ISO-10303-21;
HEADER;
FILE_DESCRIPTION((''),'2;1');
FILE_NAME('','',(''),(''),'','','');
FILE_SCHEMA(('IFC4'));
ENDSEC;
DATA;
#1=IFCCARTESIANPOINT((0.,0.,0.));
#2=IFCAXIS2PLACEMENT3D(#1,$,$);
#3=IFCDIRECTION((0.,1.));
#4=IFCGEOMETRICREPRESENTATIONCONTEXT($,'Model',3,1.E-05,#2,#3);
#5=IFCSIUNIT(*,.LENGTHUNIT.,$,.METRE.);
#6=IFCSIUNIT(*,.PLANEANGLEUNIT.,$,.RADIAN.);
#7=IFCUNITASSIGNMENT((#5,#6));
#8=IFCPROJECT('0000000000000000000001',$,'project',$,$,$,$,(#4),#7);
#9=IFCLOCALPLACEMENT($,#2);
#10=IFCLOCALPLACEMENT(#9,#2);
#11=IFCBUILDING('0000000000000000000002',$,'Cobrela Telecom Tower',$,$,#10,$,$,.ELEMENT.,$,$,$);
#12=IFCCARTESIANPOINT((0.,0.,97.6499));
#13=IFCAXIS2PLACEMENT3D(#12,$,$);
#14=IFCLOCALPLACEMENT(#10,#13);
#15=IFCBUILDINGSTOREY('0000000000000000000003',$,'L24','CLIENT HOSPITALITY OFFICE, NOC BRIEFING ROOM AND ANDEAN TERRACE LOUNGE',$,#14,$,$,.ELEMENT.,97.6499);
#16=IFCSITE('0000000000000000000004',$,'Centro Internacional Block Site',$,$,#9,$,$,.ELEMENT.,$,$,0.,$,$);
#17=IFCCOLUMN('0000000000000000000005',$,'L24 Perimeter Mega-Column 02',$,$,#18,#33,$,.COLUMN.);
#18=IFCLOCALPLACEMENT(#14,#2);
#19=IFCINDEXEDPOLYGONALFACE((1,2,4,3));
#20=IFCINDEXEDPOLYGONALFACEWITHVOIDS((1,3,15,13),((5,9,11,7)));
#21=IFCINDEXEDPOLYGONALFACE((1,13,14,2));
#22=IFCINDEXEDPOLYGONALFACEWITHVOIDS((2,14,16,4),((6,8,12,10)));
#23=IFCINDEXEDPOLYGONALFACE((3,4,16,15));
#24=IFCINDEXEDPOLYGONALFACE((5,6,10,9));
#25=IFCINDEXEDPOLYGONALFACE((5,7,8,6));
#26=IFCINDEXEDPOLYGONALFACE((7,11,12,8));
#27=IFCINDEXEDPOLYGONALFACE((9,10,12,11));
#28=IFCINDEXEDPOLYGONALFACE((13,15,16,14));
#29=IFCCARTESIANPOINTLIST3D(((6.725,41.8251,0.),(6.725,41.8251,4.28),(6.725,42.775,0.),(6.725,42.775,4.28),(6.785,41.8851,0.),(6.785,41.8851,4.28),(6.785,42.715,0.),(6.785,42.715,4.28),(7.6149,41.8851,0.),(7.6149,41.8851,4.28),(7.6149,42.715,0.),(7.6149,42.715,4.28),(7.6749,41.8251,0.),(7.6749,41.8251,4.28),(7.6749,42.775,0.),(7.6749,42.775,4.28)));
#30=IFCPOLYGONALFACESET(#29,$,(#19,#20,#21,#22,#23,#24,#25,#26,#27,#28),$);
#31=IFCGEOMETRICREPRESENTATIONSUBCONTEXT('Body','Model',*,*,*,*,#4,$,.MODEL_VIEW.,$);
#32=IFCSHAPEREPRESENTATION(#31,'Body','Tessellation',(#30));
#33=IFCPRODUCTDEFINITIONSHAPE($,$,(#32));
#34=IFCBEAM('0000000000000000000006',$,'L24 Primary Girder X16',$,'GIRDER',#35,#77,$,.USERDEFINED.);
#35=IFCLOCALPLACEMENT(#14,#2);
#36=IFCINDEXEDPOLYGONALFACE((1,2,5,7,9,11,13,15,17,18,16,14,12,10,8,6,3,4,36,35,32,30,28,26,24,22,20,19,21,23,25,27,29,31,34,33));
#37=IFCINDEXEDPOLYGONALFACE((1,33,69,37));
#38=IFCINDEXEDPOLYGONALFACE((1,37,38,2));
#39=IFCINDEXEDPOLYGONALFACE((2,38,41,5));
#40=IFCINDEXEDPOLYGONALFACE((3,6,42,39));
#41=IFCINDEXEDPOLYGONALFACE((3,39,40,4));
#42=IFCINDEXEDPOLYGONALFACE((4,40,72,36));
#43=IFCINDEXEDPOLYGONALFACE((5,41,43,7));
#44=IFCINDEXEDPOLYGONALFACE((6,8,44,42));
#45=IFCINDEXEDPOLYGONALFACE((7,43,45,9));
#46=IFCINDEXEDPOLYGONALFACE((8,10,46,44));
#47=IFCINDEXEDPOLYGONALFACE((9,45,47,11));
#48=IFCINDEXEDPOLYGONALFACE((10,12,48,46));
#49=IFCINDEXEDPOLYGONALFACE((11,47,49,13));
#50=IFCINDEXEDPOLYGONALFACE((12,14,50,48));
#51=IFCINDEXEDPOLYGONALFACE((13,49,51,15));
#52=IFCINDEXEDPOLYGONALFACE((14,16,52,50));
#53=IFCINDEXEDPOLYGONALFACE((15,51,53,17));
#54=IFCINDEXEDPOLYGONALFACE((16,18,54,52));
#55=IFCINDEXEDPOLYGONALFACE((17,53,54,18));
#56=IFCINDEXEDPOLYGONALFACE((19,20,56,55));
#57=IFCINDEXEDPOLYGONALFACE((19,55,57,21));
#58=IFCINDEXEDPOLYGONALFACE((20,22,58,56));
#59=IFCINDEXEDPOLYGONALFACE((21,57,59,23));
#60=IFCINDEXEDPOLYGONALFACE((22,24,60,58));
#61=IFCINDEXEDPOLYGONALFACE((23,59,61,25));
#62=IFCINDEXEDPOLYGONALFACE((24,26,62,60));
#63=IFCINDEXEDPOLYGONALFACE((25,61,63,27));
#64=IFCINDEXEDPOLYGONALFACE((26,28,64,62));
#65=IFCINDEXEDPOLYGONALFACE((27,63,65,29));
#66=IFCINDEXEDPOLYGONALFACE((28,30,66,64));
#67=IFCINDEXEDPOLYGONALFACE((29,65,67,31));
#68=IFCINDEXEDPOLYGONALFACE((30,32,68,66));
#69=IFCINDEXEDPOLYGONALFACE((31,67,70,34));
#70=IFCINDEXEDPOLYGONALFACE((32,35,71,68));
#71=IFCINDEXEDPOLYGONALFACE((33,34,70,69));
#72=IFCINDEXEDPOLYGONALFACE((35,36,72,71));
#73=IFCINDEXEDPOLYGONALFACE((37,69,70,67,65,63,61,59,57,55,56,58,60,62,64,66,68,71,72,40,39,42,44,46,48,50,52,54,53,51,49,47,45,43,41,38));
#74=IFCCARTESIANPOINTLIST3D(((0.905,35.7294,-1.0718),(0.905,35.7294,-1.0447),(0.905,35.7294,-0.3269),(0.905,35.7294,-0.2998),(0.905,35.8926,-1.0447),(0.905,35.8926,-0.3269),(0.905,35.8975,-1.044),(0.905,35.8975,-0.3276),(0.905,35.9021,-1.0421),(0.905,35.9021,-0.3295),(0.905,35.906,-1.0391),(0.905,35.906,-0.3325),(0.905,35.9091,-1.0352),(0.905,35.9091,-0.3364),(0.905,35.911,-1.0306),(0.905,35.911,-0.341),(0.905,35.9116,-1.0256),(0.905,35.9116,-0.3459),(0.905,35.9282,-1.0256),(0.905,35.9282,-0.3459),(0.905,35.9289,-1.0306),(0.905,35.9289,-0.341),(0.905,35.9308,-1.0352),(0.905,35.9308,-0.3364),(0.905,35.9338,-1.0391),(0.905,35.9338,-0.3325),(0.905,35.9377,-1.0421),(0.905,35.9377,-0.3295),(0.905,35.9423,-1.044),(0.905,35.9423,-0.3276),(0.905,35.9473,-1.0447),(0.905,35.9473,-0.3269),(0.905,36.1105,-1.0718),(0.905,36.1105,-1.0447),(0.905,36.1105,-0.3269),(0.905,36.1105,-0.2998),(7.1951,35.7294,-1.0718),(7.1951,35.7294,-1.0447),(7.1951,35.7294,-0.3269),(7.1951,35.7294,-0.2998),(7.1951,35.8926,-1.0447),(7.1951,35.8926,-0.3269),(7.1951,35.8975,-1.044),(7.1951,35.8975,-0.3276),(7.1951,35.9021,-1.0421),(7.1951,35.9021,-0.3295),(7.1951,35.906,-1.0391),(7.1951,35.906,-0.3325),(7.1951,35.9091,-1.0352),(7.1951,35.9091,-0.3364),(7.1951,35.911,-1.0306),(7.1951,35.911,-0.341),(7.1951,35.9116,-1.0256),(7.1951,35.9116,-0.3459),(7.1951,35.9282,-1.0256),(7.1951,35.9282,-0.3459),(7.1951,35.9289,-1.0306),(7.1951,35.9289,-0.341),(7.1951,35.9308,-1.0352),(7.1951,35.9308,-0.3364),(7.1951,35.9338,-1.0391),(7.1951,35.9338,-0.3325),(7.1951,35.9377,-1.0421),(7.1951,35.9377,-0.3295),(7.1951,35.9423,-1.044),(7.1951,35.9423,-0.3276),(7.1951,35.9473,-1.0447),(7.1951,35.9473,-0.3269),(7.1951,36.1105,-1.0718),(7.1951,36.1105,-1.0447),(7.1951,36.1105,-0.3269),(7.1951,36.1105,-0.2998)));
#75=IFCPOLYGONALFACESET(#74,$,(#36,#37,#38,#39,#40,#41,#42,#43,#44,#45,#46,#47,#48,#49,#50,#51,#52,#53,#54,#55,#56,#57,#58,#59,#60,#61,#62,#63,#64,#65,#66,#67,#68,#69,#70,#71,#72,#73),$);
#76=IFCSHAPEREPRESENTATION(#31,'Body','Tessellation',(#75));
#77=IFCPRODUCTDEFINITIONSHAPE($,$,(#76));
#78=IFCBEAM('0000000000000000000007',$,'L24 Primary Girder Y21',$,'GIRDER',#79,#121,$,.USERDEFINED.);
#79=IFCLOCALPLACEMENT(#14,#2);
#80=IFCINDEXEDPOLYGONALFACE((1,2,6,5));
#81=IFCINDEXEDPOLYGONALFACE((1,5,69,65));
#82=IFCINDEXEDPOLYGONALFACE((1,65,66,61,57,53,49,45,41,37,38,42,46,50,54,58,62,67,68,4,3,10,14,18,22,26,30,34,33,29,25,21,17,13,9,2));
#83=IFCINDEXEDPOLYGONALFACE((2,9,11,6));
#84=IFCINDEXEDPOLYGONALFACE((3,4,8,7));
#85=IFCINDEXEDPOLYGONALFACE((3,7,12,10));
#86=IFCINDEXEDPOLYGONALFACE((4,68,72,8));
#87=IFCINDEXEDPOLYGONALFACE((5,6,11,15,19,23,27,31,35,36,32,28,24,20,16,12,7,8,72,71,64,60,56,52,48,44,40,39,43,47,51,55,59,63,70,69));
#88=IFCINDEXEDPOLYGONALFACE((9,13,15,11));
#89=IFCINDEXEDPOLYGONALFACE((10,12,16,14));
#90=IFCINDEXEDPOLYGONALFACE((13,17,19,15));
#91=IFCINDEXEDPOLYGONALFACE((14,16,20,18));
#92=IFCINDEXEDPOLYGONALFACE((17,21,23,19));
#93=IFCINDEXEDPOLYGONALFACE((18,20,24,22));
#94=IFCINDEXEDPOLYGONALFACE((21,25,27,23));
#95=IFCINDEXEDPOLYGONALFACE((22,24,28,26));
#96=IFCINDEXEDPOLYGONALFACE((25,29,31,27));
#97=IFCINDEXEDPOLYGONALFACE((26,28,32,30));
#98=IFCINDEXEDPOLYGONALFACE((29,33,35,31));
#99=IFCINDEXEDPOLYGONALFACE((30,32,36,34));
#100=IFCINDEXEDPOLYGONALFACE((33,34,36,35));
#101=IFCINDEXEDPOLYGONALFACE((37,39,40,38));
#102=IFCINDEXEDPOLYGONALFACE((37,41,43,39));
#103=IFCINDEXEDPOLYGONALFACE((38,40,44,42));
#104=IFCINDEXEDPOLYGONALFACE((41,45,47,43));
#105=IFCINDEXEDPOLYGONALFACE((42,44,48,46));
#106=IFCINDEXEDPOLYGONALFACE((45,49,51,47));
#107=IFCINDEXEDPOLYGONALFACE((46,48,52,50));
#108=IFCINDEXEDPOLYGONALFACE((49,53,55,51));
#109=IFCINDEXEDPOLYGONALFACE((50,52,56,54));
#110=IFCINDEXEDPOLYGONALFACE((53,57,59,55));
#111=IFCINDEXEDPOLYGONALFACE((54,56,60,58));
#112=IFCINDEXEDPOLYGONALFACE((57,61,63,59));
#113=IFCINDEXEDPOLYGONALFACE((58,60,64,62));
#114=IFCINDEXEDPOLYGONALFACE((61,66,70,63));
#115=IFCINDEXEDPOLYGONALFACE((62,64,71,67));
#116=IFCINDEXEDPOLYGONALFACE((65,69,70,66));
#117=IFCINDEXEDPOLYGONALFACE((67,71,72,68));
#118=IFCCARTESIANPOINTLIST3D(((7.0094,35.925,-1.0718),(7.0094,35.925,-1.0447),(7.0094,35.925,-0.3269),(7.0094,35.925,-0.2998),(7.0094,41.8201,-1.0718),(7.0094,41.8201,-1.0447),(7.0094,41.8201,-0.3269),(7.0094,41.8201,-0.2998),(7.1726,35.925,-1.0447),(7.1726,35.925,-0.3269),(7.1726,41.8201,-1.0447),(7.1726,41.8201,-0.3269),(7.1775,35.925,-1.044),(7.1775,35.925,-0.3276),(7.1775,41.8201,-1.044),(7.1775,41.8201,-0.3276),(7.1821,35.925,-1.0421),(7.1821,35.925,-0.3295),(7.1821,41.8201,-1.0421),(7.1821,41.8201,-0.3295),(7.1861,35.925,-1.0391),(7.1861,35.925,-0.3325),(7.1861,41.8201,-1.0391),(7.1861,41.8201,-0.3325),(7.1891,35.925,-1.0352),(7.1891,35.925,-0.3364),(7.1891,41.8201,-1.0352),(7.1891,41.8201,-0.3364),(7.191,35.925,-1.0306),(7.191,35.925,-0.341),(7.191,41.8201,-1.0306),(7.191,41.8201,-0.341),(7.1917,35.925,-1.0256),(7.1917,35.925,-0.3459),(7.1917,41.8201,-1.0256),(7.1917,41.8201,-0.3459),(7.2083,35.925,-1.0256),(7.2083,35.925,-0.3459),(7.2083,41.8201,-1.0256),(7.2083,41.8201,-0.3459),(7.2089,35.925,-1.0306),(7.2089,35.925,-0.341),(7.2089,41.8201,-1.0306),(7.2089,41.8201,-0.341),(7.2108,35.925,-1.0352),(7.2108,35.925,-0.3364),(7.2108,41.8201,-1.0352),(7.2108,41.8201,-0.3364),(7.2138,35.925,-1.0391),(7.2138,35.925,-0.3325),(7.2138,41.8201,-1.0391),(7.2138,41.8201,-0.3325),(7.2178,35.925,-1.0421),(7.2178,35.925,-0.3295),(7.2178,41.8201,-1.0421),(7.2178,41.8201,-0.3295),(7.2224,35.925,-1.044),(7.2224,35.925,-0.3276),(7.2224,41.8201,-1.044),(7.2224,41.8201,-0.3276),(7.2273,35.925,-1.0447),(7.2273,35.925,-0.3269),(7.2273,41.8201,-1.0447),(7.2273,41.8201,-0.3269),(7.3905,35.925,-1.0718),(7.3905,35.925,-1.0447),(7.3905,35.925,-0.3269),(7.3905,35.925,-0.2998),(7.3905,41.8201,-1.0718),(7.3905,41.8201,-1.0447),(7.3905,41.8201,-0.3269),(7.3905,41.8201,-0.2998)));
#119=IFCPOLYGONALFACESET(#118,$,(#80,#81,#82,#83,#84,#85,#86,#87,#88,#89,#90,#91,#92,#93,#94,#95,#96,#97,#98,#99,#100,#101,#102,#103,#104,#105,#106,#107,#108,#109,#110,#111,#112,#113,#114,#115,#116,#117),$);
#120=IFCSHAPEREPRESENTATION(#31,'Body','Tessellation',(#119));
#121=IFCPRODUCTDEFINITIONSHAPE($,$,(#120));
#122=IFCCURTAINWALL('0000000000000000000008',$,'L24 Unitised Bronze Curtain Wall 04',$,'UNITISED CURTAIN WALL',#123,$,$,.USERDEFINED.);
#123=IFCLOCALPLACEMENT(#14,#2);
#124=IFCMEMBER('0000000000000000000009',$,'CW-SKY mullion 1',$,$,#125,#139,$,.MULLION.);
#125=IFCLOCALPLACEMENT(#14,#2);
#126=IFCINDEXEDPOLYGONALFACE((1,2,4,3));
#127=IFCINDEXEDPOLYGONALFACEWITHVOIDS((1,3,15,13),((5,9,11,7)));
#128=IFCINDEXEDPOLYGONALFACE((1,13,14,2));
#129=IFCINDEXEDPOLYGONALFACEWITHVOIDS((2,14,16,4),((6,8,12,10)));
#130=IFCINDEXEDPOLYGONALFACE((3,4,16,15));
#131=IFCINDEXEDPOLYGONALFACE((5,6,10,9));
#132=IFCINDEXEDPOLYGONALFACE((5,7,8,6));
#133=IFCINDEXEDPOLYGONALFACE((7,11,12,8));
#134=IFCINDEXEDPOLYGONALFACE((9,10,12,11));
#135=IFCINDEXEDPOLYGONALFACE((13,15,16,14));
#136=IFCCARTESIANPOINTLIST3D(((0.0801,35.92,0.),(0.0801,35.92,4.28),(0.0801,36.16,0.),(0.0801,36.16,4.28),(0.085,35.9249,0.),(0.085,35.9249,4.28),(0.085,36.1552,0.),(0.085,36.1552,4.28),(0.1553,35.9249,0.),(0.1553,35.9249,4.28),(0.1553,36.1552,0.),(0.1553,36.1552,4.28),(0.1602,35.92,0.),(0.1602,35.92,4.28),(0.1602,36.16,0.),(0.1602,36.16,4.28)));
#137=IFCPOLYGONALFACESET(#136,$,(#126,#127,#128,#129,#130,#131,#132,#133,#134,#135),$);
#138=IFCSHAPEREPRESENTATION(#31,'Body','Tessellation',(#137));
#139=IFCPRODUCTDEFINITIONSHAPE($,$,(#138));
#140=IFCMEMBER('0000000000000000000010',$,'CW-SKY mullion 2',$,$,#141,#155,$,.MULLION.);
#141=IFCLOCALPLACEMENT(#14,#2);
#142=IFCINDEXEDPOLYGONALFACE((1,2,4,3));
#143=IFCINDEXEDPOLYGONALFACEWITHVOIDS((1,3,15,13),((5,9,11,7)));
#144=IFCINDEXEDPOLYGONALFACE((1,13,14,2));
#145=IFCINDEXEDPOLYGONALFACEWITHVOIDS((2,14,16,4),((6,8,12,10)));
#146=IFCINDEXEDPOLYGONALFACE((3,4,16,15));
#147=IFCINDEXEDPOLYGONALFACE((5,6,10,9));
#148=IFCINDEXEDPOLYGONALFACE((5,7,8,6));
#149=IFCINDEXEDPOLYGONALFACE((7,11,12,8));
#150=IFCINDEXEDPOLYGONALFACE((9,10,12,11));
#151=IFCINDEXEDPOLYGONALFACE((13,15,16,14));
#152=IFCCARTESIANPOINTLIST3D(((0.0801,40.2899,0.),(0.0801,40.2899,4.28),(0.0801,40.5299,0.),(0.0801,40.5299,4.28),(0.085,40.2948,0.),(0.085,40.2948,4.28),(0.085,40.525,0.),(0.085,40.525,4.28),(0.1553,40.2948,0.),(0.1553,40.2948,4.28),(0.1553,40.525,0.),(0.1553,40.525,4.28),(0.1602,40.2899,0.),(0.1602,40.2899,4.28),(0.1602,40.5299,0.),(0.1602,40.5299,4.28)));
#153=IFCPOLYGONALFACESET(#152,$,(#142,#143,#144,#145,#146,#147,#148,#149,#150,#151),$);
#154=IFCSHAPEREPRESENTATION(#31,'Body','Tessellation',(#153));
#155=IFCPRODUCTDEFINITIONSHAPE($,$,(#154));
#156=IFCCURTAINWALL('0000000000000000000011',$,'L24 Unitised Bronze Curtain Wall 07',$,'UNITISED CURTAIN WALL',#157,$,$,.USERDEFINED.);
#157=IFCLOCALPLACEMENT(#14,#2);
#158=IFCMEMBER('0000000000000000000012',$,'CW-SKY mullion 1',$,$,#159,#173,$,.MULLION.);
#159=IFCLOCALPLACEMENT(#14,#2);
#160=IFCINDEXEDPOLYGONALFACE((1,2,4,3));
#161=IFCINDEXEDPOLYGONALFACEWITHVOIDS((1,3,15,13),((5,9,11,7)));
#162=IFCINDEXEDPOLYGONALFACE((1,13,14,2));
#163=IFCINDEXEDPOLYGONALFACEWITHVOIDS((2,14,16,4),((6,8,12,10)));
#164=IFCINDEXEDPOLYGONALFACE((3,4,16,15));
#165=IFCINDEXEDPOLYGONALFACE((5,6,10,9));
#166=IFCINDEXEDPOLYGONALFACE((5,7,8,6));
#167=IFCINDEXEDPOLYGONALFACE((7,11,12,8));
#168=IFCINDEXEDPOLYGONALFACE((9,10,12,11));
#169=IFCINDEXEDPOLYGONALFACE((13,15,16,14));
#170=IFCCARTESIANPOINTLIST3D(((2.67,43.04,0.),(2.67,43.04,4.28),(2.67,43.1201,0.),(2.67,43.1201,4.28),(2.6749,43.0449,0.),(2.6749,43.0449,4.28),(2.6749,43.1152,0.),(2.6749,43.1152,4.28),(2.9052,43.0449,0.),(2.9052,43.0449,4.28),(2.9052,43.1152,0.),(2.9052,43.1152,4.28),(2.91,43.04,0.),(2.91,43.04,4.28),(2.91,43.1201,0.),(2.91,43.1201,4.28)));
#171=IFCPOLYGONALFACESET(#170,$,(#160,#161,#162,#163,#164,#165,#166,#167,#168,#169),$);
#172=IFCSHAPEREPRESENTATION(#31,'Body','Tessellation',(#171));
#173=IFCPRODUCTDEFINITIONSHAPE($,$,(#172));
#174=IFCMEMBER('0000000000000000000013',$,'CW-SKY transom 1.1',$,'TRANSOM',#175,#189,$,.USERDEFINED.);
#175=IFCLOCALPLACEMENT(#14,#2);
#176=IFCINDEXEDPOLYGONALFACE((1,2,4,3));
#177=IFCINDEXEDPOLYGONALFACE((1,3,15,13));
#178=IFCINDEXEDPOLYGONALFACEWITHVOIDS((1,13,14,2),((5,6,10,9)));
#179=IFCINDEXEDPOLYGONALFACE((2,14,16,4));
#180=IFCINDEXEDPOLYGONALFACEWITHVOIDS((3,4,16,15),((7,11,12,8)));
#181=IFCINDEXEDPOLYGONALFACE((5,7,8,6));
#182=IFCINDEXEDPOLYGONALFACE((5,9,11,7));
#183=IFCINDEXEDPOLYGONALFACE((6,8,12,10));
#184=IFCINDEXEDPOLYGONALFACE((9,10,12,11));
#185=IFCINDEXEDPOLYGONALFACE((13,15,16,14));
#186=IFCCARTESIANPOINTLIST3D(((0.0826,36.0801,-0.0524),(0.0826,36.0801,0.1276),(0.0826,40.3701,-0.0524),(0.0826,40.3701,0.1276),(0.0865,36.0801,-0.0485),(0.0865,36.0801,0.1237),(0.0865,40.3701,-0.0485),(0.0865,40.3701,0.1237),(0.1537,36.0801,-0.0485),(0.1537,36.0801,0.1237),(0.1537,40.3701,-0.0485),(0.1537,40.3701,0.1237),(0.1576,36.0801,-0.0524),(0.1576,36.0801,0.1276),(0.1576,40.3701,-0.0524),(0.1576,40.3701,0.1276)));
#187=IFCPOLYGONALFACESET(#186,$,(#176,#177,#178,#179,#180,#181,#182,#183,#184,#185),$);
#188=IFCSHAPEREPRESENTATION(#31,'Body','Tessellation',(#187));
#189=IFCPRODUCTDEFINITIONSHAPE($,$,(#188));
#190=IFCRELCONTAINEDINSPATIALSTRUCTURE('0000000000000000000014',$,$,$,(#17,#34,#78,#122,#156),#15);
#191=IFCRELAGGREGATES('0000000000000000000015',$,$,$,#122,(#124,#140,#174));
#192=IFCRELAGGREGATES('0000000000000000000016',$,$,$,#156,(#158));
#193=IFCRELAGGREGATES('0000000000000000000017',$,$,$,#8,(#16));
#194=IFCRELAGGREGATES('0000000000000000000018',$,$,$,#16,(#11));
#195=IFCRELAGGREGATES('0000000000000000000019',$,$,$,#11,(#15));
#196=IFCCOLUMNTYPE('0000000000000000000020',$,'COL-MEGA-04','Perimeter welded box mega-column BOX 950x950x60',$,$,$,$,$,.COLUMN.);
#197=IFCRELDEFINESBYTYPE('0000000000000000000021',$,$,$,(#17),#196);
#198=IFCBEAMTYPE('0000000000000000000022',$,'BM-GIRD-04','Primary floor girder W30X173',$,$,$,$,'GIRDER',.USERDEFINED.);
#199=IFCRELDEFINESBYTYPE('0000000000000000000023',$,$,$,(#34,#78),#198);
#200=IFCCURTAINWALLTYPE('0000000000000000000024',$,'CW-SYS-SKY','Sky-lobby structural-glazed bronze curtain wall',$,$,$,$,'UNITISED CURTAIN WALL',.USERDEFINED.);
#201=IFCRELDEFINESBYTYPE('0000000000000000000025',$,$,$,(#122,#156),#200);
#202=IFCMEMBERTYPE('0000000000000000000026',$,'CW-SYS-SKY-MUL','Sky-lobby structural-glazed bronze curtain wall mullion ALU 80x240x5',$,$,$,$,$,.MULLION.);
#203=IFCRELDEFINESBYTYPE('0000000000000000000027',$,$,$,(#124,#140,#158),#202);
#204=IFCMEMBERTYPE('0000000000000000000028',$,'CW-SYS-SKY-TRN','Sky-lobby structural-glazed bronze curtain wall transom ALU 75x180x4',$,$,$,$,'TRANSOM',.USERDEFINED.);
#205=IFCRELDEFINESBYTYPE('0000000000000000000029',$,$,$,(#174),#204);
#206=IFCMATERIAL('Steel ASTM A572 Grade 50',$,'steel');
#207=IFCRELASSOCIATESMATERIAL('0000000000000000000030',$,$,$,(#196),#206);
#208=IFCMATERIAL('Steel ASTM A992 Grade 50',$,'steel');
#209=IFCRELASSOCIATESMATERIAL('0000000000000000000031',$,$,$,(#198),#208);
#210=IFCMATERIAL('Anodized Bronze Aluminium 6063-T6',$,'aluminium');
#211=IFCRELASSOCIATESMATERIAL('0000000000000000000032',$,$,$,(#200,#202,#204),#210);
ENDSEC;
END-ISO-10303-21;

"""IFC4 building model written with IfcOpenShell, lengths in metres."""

from ifc_helpers import new_model, si_unit, direction, frame, origin, origin_2d, place, context, subcontext, project, spatial, hollow_rectangle, i_section, extrude, material, material_profile, profile_set, type_object, element, aggregate, save


model = new_model("IFC4")

# Units and contexts
model_context = context("Model", 3, precision=1e-05, world=origin(), true_north=direction((0.0, 1.0)))
body_context = subcontext(model_context, "Body", "Model", "MODEL_VIEW")
ifc_project = project(units=[si_unit("LENGTHUNIT", "METRE"), si_unit("PLANEANGLEUNIT", "RADIAN")], contexts=[model_context])

# Site, building, storey
site_placement = place(None, origin())
site = spatial("IfcSite", under=ifc_project, at=site_placement, Name="Centro Internacional Block Site", CompositionType="ELEMENT", RefElevation=0.0)
building_placement = place(site_placement, origin())
building = spatial("IfcBuilding", under=site, at=building_placement, Name="Cobrela Telecom Tower", CompositionType="ELEMENT")
storey_placement = place(building_placement, frame((0.0, 0.0, 97.6499)))
storey = spatial("IfcBuildingStorey", under=building, at=storey_placement, Name="L24", Description="CLIENT HOSPITALITY OFFICE, NOC BRIEFING ROOM AND ANDEAN TERRACE LOUNGE", CompositionType="ELEMENT", Elevation=97.6499)

# Column
ifc_material_1 = material(Name="Steel ASTM A572 Grade 50", Category="steel")
ifc_material_profile_1 = material_profile(ifc_material_1, hollow_rectangle(XDim=0.95, YDim=0.95, WallThickness=0.0601, at=origin_2d()), Name="BOX 950x950x60")
ifc_profile_set_1 = profile_set([ifc_material_profile_1], Name="Steel ASTM A572 Grade 50")
column_type = type_object("IfcColumnType", Name="COL-MEGA-04", Description="Perimeter welded box mega-column BOX 950x950x60", PredefinedType="COLUMN", material=ifc_profile_set_1)
column_placement = place(storey_placement, frame((7.2, 42.3, 0.0), z_axis=(0.0, 0.0, 1.0), x_axis=(1.0, 0.0, 0.0)))
element("IfcColumn", 1, at=column_placement, inside=storey, type_object=column_type, Name="L24 Perimeter Mega-Column 02", PredefinedType="COLUMN", context=body_context, shape_type="SweptSolid", body=[
    extrude(hollow_rectangle(XDim=0.95, YDim=0.95, WallThickness=0.0601, at=origin_2d()), origin(), (0.0, 0.0, 1.0), 4.28),
])

# Beams
ifc_material_2 = material(Name="Steel ASTM A992 Grade 50", Category="steel")
ifc_material_profile_2 = material_profile(ifc_material_2, i_section(OverallWidth=0.3811, OverallDepth=0.772, WebThickness=0.0166, FlangeThickness=0.0271, FilletRadius=0.019, at=origin_2d()), Name="W30X173")
ifc_profile_set_2 = profile_set([ifc_material_profile_2], Name="Steel ASTM A992 Grade 50")
beam_type = type_object("IfcBeamType", Name="BM-GIRD-04", Description="Primary floor girder W30X173", ElementType="GIRDER", PredefinedType="USERDEFINED", material=ifc_profile_set_2)
beam_1_placement = place(storey_placement, frame((0.905, 35.9199, -0.6858), z_axis=(1.0, 0.0, 0.0), x_axis=(0.0, 1.0, 0.0)))
element("IfcBeam", 2, at=beam_1_placement, inside=storey, type_object=beam_type, Name="L24 Primary Girder X16", ObjectType="GIRDER", PredefinedType="USERDEFINED", context=body_context, shape_type="SweptSolid", body=[
    extrude(i_section(OverallWidth=0.3811, OverallDepth=0.772, WebThickness=0.0166, FlangeThickness=0.0271, FilletRadius=0.019, at=origin_2d()), origin(), (0.0, 0.0, 1.0), 6.29),
])
beam_2_placement = place(storey_placement, frame((7.2, 35.925, -0.6858), z_axis=(0.0, 1.0, 0.0), x_axis=(-1.0, 0.0, 0.0)))
element("IfcBeam", 3, at=beam_2_placement, inside=storey, type_object=beam_type, Name="L24 Primary Girder Y21", ObjectType="GIRDER", PredefinedType="USERDEFINED", context=body_context, shape_type="SweptSolid", body=[
    extrude(i_section(OverallWidth=0.3811, OverallDepth=0.772, WebThickness=0.0166, FlangeThickness=0.0271, FilletRadius=0.019, at=origin_2d()), origin(), (0.0, 0.0, 1.0), 5.895),
])

# Curtain wall, members
ifc_material_3 = material(Name="Anodized Bronze Aluminium 6063-T6", Category="aluminium")
curtain_wall_type = type_object("IfcCurtainWallType", Name="CW-SYS-SKY", Description="Sky-lobby structural-glazed bronze curtain wall", ElementType="UNITISED CURTAIN WALL", PredefinedType="USERDEFINED", material=ifc_material_3)
curtain_wall_1_placement = place(storey_placement, origin())
curtain_wall_1 = element("IfcCurtainWall", 4, at=curtain_wall_1_placement, inside=storey, type_object=curtain_wall_type, Name="L24 Unitised Bronze Curtain Wall 04", ObjectType="UNITISED CURTAIN WALL", PredefinedType="USERDEFINED")
ifc_material_profile_3 = material_profile(ifc_material_3, hollow_rectangle(XDim=0.0801, YDim=0.24, WallThickness=0.0049, at=origin_2d()), Name="ALU 80x240x5")
ifc_profile_set_3 = profile_set([ifc_material_profile_3], Name="Anodized Bronze Aluminium 6063-T6")
member_type_1 = type_object("IfcMemberType", Name="CW-SYS-SKY-MUL", Description="Sky-lobby structural-glazed bronze curtain wall mullion ALU 80x240x5", PredefinedType="MULLION", material=ifc_profile_set_3)
member_1_placement = place(storey_placement, frame((0.1201, 36.04, 0.0), z_axis=(0.0, 0.0, 1.0), x_axis=(-1.0, 0.0, 0.0)))
member_1 = element("IfcMember", 5, at=member_1_placement, type_object=member_type_1, Name="CW-SKY mullion 1", PredefinedType="MULLION", context=body_context, shape_type="SweptSolid", body=[
    extrude(hollow_rectangle(XDim=0.0801, YDim=0.24, WallThickness=0.0049, at=origin_2d()), origin(), (0.0, 0.0, 1.0), 4.28),
])
member_2_placement = place(storey_placement, frame((0.1201, 40.4099, 0.0), z_axis=(0.0, 0.0, 1.0), x_axis=(-1.0, 0.0, 0.0)))
member_2 = element("IfcMember", 6, at=member_2_placement, type_object=member_type_1, Name="CW-SKY mullion 2", PredefinedType="MULLION", context=body_context, shape_type="SweptSolid", body=[
    extrude(hollow_rectangle(XDim=0.0801, YDim=0.24, WallThickness=0.0049, at=origin_2d()), origin(), (0.0, 0.0, 1.0), 4.28),
])

# Curtain wall, member
curtain_wall_2_placement = place(storey_placement, origin())
curtain_wall_2 = element("IfcCurtainWall", 7, at=curtain_wall_2_placement, inside=storey, type_object=curtain_wall_type, Name="L24 Unitised Bronze Curtain Wall 07", ObjectType="UNITISED CURTAIN WALL", PredefinedType="USERDEFINED")
member_3_placement = place(storey_placement, frame((2.79, 43.0801, 0.0), z_axis=(0.0, 0.0, 1.0), x_axis=(0.0, 1.0, 0.0)))
member_3 = element("IfcMember", 8, at=member_3_placement, type_object=member_type_1, Name="CW-SKY mullion 1", PredefinedType="MULLION", context=body_context, shape_type="SweptSolid", body=[
    extrude(hollow_rectangle(XDim=0.0801, YDim=0.24, WallThickness=0.0049, at=origin_2d()), origin(), (0.0, 0.0, 1.0), 4.28),
])

# Member
ifc_material_profile_4 = material_profile(ifc_material_3, hollow_rectangle(XDim=0.075, YDim=0.1799, WallThickness=0.0039, at=origin_2d()), Name="ALU 75x180x4")
ifc_profile_set_4 = profile_set([ifc_material_profile_4], Name="Anodized Bronze Aluminium 6063-T6")
member_type_2 = type_object("IfcMemberType", Name="CW-SYS-SKY-TRN", Description="Sky-lobby structural-glazed bronze curtain wall transom ALU 75x180x4", ElementType="TRANSOM", PredefinedType="USERDEFINED", material=ifc_profile_set_4)
member_4_placement = place(storey_placement, frame((0.1201, 36.0801, 0.0376), z_axis=(0.0, 1.0, 0.0), x_axis=(-1.0, 0.0, 0.0)))
member_4 = element("IfcMember", 9, at=member_4_placement, type_object=member_type_2, Name="CW-SKY transom 1.1", ObjectType="TRANSOM", PredefinedType="USERDEFINED", context=body_context, shape_type="SweptSolid", body=[
    extrude(hollow_rectangle(XDim=0.075, YDim=0.1799, WallThickness=0.0039, at=origin_2d()), origin(), (0.0, 0.0, 1.0), 4.29),
])

aggregate(curtain_wall_1, [member_1, member_2, member_4])
aggregate(curtain_wall_2, [member_3])

save(model, "model.ifc")
